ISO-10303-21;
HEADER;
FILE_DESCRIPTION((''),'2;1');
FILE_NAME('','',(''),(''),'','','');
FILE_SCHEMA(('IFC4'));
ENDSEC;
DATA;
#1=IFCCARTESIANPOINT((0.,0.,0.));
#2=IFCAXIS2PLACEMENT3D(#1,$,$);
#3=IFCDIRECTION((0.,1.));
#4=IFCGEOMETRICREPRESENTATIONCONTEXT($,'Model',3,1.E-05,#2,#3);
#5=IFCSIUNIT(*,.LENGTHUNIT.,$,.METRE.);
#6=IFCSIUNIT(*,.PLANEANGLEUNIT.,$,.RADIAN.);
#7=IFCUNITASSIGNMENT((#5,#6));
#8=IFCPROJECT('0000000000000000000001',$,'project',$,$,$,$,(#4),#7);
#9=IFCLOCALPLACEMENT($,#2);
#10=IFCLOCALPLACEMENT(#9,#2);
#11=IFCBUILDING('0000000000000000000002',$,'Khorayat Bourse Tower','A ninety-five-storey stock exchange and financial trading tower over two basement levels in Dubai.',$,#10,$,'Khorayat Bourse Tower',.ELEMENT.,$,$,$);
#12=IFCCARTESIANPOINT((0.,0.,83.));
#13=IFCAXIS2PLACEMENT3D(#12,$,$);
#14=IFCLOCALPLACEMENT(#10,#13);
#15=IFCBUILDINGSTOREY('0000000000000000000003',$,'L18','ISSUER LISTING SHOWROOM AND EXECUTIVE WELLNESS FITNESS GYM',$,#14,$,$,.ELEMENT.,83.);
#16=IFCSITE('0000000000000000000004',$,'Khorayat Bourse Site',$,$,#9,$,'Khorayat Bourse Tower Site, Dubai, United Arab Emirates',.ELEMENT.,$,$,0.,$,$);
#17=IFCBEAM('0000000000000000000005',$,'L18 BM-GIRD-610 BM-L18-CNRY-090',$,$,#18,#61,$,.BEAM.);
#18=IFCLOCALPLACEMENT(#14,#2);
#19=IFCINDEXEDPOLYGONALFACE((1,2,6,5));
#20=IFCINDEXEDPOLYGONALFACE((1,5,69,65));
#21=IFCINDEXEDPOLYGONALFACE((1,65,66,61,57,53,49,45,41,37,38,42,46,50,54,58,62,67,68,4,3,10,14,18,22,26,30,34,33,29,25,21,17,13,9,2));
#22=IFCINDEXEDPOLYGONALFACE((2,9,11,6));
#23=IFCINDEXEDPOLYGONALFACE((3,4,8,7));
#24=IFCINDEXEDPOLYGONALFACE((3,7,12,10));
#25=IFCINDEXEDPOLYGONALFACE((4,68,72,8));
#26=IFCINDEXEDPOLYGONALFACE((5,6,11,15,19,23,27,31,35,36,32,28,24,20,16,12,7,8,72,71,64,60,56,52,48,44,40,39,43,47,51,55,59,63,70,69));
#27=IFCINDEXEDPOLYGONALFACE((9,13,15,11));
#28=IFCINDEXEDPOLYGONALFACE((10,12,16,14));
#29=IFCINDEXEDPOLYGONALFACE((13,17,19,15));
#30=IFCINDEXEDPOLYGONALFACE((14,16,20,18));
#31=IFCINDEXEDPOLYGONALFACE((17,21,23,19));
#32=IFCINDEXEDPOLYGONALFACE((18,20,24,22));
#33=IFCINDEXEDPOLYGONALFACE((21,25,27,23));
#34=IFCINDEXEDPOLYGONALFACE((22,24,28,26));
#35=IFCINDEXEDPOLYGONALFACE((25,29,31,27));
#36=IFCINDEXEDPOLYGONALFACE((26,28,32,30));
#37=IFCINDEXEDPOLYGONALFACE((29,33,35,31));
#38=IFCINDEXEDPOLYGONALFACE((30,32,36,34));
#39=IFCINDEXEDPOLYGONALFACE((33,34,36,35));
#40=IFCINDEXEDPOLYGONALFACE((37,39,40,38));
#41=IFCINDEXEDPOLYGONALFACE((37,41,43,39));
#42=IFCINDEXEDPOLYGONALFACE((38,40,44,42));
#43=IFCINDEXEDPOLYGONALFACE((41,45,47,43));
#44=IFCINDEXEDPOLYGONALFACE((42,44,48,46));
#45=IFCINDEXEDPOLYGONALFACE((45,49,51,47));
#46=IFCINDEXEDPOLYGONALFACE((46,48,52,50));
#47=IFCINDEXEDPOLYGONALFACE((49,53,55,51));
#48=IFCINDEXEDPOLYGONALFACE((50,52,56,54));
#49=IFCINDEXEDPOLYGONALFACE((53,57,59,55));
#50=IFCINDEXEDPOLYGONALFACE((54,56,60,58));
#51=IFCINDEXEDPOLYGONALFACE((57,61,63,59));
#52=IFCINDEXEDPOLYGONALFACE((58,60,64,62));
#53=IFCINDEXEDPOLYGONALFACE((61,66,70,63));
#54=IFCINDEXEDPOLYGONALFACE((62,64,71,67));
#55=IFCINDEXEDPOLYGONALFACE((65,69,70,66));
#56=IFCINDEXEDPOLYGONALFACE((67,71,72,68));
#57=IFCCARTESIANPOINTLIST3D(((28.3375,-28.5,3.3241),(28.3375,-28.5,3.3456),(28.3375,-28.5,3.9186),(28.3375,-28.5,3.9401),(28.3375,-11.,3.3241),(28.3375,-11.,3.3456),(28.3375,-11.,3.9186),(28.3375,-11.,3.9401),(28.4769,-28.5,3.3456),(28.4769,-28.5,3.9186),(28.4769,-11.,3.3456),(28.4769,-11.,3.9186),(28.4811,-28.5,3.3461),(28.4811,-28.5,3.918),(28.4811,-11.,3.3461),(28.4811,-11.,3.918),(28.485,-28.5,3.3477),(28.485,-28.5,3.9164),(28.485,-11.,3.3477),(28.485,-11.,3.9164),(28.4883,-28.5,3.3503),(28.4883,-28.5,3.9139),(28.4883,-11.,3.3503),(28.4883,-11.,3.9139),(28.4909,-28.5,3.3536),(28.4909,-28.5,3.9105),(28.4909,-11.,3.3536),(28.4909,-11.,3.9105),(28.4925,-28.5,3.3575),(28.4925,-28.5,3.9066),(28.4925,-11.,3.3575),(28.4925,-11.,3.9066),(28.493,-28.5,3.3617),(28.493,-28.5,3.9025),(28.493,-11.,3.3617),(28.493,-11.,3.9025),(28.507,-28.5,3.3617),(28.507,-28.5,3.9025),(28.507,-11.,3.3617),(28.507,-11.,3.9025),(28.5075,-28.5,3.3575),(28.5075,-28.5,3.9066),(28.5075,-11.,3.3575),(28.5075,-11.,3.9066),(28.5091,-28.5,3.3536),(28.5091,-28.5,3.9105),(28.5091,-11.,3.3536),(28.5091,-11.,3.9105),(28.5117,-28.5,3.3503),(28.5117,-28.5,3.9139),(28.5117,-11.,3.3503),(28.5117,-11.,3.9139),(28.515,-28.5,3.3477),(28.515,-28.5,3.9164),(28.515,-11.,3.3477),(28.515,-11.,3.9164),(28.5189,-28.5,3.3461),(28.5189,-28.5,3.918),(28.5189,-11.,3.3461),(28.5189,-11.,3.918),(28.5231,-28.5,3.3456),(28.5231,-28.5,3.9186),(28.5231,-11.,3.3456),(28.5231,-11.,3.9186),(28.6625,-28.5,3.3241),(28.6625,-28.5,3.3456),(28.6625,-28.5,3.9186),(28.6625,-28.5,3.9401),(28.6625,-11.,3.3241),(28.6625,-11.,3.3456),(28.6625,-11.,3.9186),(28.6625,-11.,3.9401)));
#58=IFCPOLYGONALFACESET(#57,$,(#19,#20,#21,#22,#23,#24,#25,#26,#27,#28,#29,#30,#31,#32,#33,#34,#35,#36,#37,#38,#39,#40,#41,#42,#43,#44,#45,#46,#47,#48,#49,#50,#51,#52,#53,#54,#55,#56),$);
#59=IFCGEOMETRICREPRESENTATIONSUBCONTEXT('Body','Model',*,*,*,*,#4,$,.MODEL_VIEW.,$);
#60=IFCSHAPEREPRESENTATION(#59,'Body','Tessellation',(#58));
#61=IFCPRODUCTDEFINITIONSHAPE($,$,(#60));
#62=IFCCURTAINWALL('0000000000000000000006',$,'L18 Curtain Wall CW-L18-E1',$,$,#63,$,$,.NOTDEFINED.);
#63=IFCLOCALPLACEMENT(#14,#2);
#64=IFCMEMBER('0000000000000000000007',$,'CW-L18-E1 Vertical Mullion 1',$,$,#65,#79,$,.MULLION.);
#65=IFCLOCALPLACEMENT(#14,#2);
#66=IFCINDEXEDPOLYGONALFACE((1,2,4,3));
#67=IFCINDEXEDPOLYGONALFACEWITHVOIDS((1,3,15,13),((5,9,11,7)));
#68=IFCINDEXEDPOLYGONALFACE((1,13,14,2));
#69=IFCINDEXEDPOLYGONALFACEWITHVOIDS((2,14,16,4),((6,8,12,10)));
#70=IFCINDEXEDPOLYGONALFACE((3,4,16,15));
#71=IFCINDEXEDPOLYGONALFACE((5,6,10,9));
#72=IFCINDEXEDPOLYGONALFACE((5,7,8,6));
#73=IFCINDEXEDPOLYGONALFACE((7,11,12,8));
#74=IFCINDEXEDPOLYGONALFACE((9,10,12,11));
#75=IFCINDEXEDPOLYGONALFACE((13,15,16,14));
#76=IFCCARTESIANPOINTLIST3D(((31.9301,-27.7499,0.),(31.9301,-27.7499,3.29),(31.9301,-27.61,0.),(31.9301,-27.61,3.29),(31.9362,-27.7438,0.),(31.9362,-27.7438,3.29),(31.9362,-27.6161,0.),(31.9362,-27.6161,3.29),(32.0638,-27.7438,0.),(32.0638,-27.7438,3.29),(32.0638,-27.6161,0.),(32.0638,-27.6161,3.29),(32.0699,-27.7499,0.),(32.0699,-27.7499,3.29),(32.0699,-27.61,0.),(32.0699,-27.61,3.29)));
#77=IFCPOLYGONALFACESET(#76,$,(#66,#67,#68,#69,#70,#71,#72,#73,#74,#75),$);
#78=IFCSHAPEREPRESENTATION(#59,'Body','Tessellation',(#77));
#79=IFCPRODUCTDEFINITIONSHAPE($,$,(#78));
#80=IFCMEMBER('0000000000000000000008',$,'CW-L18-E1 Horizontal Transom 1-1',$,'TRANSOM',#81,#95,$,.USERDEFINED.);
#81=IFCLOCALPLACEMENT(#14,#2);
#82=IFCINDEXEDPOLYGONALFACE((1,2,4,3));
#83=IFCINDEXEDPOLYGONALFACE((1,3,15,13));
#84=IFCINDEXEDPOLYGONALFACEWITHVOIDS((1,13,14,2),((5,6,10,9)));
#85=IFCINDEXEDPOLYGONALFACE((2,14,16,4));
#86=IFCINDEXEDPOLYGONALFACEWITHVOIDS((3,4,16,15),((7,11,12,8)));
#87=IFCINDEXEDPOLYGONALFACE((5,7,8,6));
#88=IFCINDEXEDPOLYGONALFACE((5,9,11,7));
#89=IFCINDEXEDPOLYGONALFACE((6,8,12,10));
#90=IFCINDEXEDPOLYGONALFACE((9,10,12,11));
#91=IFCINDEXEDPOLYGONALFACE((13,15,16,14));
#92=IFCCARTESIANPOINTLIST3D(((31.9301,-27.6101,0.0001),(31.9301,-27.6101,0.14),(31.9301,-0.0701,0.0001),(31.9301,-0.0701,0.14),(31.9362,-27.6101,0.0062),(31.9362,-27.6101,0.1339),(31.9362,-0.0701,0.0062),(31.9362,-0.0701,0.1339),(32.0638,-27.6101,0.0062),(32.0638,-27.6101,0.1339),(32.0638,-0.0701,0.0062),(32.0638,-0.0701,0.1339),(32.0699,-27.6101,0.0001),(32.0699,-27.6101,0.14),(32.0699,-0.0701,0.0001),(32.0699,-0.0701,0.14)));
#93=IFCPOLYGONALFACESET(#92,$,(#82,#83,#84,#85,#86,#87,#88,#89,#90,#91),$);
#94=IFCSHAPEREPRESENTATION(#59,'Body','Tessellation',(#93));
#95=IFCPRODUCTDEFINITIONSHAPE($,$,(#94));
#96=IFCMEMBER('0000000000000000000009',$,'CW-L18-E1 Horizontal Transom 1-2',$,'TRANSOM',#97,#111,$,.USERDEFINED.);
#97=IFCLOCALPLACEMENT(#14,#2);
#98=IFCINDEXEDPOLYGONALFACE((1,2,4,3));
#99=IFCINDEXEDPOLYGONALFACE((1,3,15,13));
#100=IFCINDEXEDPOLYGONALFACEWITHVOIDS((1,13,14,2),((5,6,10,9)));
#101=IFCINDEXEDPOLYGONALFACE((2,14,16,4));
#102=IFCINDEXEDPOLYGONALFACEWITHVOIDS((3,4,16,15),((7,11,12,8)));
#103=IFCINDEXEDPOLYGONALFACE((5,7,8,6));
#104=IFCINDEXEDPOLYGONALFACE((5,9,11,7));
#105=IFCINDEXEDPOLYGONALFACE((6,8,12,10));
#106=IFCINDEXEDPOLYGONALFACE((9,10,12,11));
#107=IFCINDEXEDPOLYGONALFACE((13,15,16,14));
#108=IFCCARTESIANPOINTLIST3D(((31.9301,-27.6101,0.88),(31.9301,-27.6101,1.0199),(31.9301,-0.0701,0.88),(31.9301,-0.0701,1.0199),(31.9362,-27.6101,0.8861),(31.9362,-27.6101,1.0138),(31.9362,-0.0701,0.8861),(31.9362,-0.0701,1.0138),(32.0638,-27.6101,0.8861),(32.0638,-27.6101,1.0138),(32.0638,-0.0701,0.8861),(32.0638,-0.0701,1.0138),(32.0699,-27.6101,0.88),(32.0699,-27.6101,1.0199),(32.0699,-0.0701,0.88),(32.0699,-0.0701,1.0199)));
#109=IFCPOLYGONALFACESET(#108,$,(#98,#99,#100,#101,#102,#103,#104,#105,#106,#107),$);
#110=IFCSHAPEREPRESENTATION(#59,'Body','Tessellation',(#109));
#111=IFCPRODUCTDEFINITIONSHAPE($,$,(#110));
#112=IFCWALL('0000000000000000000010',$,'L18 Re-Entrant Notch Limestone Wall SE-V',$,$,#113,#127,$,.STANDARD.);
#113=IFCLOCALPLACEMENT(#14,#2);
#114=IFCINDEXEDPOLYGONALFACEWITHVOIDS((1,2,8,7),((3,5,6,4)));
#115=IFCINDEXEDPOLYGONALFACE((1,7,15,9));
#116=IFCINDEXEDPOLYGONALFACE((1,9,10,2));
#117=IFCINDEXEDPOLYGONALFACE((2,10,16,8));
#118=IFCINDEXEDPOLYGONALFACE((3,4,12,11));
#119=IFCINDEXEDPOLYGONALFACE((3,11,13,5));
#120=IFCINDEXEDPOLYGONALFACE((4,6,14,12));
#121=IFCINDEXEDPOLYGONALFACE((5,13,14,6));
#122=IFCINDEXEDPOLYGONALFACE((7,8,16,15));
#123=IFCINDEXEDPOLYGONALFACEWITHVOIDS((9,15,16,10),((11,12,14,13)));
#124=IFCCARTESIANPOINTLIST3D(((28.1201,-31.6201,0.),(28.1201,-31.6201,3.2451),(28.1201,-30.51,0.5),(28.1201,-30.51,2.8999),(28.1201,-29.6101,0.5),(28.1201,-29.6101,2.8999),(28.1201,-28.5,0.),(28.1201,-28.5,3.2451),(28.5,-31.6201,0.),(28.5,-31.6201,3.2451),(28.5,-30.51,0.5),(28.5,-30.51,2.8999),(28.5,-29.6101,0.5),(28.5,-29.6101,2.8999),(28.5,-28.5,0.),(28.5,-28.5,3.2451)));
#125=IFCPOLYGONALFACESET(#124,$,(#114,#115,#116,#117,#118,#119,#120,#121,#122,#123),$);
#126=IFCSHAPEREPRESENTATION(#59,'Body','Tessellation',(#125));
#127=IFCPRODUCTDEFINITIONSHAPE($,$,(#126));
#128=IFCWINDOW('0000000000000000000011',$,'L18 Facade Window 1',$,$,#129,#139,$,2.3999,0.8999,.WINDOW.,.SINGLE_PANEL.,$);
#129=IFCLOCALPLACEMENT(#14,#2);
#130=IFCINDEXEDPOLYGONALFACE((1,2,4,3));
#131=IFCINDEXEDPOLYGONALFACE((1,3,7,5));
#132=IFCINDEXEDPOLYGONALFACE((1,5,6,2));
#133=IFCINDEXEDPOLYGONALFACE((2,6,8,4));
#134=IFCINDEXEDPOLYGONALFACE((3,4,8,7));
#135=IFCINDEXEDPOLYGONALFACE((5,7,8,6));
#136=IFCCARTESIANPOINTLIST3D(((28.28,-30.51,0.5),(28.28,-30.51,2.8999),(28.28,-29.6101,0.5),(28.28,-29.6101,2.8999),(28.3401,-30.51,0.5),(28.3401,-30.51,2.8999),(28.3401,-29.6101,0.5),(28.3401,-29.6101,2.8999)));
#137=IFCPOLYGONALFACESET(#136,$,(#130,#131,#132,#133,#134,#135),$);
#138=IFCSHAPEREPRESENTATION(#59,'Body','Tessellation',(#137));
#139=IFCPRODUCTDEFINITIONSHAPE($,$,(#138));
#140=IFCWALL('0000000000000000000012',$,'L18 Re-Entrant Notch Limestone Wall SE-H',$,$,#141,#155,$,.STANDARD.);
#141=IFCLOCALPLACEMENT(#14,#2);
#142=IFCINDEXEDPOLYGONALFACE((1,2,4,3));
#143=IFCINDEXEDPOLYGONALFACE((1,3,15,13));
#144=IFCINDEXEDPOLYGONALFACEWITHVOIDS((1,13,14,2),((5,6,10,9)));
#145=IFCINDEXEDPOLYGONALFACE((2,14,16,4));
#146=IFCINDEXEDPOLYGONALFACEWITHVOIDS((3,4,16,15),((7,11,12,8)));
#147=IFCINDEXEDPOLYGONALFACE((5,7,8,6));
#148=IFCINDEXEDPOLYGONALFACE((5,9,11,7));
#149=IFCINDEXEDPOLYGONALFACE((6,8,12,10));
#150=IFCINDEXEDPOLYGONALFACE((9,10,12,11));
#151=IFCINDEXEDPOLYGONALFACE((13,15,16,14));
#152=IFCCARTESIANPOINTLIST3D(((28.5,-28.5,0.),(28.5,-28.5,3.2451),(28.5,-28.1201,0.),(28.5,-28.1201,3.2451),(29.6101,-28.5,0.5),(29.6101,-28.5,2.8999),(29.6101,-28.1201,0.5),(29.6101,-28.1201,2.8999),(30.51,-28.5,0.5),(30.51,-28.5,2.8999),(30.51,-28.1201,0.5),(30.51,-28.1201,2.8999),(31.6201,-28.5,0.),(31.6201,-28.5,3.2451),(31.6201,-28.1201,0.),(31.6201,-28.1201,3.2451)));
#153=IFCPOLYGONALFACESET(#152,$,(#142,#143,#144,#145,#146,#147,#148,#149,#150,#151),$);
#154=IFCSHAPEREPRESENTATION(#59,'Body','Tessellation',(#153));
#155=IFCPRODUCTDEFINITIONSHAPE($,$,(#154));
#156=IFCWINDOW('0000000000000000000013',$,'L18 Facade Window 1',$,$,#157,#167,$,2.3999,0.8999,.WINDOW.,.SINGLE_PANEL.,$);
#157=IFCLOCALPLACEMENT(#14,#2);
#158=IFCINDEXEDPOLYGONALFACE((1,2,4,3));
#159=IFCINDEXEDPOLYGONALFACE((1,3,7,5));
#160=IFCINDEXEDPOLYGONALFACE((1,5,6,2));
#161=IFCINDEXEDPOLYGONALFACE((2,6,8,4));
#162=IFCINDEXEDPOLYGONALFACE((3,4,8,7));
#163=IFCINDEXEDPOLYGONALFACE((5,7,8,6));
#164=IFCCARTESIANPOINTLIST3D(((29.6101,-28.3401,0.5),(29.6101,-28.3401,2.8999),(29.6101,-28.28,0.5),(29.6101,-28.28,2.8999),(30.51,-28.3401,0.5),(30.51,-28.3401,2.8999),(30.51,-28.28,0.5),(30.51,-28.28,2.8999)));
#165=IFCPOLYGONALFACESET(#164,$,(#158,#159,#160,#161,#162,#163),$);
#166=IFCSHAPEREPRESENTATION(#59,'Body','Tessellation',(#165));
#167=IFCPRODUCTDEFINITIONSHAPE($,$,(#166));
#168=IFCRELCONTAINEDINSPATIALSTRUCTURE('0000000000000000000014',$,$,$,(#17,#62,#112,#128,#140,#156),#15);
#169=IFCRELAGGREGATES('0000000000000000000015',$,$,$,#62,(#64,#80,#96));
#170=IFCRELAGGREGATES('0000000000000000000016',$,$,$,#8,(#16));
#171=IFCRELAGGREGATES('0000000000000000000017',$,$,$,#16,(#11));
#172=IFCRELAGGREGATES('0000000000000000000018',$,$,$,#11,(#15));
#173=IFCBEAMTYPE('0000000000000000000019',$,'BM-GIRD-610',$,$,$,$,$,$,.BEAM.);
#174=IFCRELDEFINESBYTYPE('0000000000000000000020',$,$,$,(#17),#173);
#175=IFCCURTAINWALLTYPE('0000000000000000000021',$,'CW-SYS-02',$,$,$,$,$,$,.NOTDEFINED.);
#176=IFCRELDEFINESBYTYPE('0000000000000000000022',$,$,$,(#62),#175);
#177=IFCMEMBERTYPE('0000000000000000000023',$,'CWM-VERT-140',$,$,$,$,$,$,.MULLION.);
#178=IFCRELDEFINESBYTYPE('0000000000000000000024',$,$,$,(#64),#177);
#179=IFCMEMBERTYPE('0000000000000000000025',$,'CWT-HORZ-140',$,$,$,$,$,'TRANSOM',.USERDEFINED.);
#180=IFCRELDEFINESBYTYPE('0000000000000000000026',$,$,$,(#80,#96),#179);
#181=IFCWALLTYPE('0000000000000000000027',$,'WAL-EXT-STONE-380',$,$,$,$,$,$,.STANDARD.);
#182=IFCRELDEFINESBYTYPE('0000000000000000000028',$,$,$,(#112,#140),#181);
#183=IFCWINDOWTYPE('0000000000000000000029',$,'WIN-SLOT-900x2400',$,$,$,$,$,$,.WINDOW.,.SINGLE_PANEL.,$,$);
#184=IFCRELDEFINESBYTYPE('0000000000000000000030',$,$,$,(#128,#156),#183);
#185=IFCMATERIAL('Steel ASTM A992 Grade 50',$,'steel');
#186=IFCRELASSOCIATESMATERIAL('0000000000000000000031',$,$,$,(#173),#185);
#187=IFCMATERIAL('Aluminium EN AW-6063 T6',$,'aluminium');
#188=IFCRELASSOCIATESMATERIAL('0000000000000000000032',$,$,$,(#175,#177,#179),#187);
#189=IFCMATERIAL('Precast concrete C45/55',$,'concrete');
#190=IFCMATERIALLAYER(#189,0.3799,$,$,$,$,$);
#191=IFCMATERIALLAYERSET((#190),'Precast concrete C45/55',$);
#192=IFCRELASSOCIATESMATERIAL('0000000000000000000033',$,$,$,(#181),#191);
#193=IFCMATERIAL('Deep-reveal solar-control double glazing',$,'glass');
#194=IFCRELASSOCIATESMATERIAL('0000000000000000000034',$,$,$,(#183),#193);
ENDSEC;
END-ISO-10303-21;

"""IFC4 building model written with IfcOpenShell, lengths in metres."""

from ifc_helpers import new_model, si_unit, direction, frame, frame_2d, origin, origin_2d, place, context, subcontext, project, spatial, rectangle, hollow_rectangle, i_section, extrude, source, transform, mapped, material, layer, layer_set, material_profile, profile_set, type_object, element, fill, aggregate, save


model = new_model("IFC4")

# Units and contexts
model_context = context("Model", 3, precision=1e-05, world=origin(), true_north=direction((0.0, 1.0)))
body_context = subcontext(model_context, "Body", "Model", "MODEL_VIEW")
ifc_project = project(units=[si_unit("LENGTHUNIT", "METRE"), si_unit("PLANEANGLEUNIT", "RADIAN")], contexts=[model_context])

# Site, building, storey
site_placement = place(None, origin())
site = spatial("IfcSite", under=ifc_project, at=site_placement, Name="Khorayat Bourse Site", LongName="Khorayat Bourse Tower Site, Dubai, United Arab Emirates", CompositionType="ELEMENT", RefElevation=0.0)
building_placement = place(site_placement, origin())
building = spatial("IfcBuilding", under=site, at=building_placement, Name="Khorayat Bourse Tower", Description="A ninety-five-storey stock exchange and financial trading tower over two basement levels in Dubai.", LongName="Khorayat Bourse Tower", CompositionType="ELEMENT")
storey_placement = place(building_placement, frame((0.0, 0.0, 83.0)))
storey = spatial("IfcBuildingStorey", under=building, at=storey_placement, Name="L18", Description="ISSUER LISTING SHOWROOM AND EXECUTIVE WELLNESS FITNESS GYM", CompositionType="ELEMENT", Elevation=83.0)

# Beam
ifc_material_1 = material(Name="Steel ASTM A992 Grade 50", Category="steel")
ifc_material_profile_1 = material_profile(ifc_material_1, i_section(OverallWidth=0.325, OverallDepth=0.616, WebThickness=0.0139, FlangeThickness=0.0215, FilletRadius=0.0161, at=origin_2d()), Name="W610X174")
ifc_profile_set_1 = profile_set([ifc_material_profile_1], Name="Steel ASTM A992 Grade 50")
beam_type_1 = type_object("IfcBeamType", Name="BM-GIRD-610", PredefinedType="BEAM", material=ifc_profile_set_1)
shared_shape_1 = source(origin(), body_context, "Body", "SweptSolid", [
    extrude(i_section(OverallWidth=0.325, OverallDepth=0.616, WebThickness=0.0139, FlangeThickness=0.0215, FilletRadius=0.0161, at=origin_2d()), origin(), (0.0, 0.0, 1.0), 17.5),
])
beam_1_placement = place(storey_placement, frame((28.5, -28.5, 3.6321), z_axis=(0.0, 1.0, 0.0), x_axis=(-1.0, 0.0, 0.0)))
element("IfcBeam", 1, at=beam_1_placement, inside=storey, type_object=beam_type_1, Name="L18 BM-GIRD-610 BM-L18-CNRY-090", PredefinedType="BEAM", context=body_context, shape_type="MappedRepresentation", body=[
    mapped(shared_shape_1, transform((0.0, 0.0, 0.0), scale=1.0)),
])

# Curtain wall, members
ifc_material_2 = material(Name="Aluminium EN AW-6063 T6", Category="aluminium")
curtain_wall_type = type_object("IfcCurtainWallType", Name="CW-SYS-02", PredefinedType="NOTDEFINED", material=ifc_material_2)
curtain_wall_placement = place(storey_placement, origin())
curtain_wall = element("IfcCurtainWall", 2, at=curtain_wall_placement, inside=storey, type_object=curtain_wall_type, Name="L18 Curtain Wall CW-L18-E1", PredefinedType="NOTDEFINED")
ifc_material_profile_2 = material_profile(ifc_material_2, hollow_rectangle(XDim=0.1399, YDim=0.1399, WallThickness=0.0061, at=origin_2d()), Name="ALU 140x140x6")
ifc_profile_set_2 = profile_set([ifc_material_profile_2], Name="Aluminium EN AW-6063 T6")
member_type_1 = type_object("IfcMemberType", Name="CWM-VERT-140", PredefinedType="MULLION", material=ifc_profile_set_2)
shared_shape_2 = source(origin(), body_context, "Body", "SweptSolid", [
    extrude(hollow_rectangle(XDim=0.1399, YDim=0.1399, WallThickness=0.0061, at=origin_2d()), origin(), (0.0, 0.0, 1.0), 3.29),
])
member_1_placement = place(storey_placement, frame((32.0, -27.6799, 0.0), z_axis=(0.0, 0.0, 1.0), x_axis=(-1.0, 0.0, 0.0)))
member_1 = element("IfcMember", 3, at=member_1_placement, type_object=member_type_1, Name="CW-L18-E1 Vertical Mullion 1", PredefinedType="MULLION", context=body_context, shape_type="MappedRepresentation", body=[
    mapped(shared_shape_2, transform((0.0, 0.0, 0.0), scale=1.0)),
])
ifc_material_profile_3 = material_profile(ifc_material_2, hollow_rectangle(XDim=0.1399, YDim=0.1399, WallThickness=0.0061, at=origin_2d()), Name="ALU 140x140x6")
ifc_profile_set_3 = profile_set([ifc_material_profile_3], Name="Aluminium EN AW-6063 T6")
member_type_2 = type_object("IfcMemberType", Name="CWT-HORZ-140", ElementType="TRANSOM", PredefinedType="USERDEFINED", material=ifc_profile_set_3)
shared_shape_3 = source(origin(), body_context, "Body", "SweptSolid", [
    extrude(hollow_rectangle(XDim=0.1399, YDim=0.1399, WallThickness=0.0061, at=origin_2d()), origin(), (0.0, 0.0, 1.0), 27.54),
])
member_2_placement = place(storey_placement, frame((32.0, -27.6101, 0.0701), z_axis=(0.0, 1.0, 0.0), x_axis=(-1.0, 0.0, 0.0)))
member_2 = element("IfcMember", 4, at=member_2_placement, type_object=member_type_2, Name="CW-L18-E1 Horizontal Transom 1-1", ObjectType="TRANSOM", PredefinedType="USERDEFINED", context=body_context, shape_type="MappedRepresentation", body=[
    mapped(shared_shape_3, transform((0.0, 0.0, 0.0), scale=1.0)),
])
member_3_placement = place(storey_placement, frame((32.0, -27.6101, 0.95), z_axis=(0.0, 1.0, 0.0), x_axis=(-1.0, 0.0, 0.0)))
member_3 = element("IfcMember", 5, at=member_3_placement, type_object=member_type_2, Name="CW-L18-E1 Horizontal Transom 1-2", ObjectType="TRANSOM", PredefinedType="USERDEFINED", context=body_context, shape_type="MappedRepresentation", body=[
    mapped(shared_shape_3, transform((0.0, 0.0, 0.0), scale=1.0)),
])
aggregate(curtain_wall, [member_1, member_2, member_3])

# Walls, openings, windows
ifc_material_3 = material(Name="Precast concrete C45/55", Category="concrete")
ifc_layer = layer(ifc_material_3, 0.3799)
ifc_layer_set = layer_set([ifc_layer], Name="Precast concrete C45/55")
wall_type = type_object("IfcWallType", Name="WAL-EXT-STONE-380", PredefinedType="STANDARD", material=ifc_layer_set)
shared_shape_4 = source(origin(), body_context, "Body", "SweptSolid", [
    extrude(rectangle(XDim=3.1201, YDim=0.3799, at=frame_2d((1.5601, 0.0))), origin(), (0.0, 0.0, 1.0), 3.2451),
])
wall_1_placement = place(storey_placement, frame((28.3101, -31.6201, 0.0), z_axis=(0.0, 0.0, 1.0), x_axis=(0.0, 1.0, 0.0)))
wall_1 = element("IfcWall", 6, at=wall_1_placement, inside=storey, type_object=wall_type, Name="L18 Re-Entrant Notch Limestone Wall SE-V", PredefinedType="STANDARD", context=body_context, shape_type="MappedRepresentation", body=[
    mapped(shared_shape_4, transform((0.0, 0.0, 0.0), scale=1.0)),
])
shared_shape_5 = source(origin(), body_context, "Body", "SweptSolid", [
    extrude(rectangle(XDim=0.8999, YDim=2.3999, at=frame_2d((0.45, 1.2))), frame((0.0, 0.2, 0.0), z_axis=(0.0, -1.0, 0.0), x_axis=(1.0, 0.0, 0.0)), (0.0, 0.0, 1.0), 0.3999),
])
opening_1_placement = place(wall_1_placement, frame((1.1101, 0.0, 0.5)))
opening_1 = element("IfcOpeningElement", 7, at=opening_1_placement, cuts=wall_1, PredefinedType="OPENING", context=body_context, shape_type="MappedRepresentation", body=[
    mapped(shared_shape_5, transform((0.0, 0.0, 0.0), scale=1.0)),
])
ifc_material_4 = material(Name="Deep-reveal solar-control double glazing", Category="glass")
window_type = type_object("IfcWindowType", Name="WIN-SLOT-900x2400", PartitioningType="SINGLE_PANEL", PredefinedType="WINDOW", material=ifc_material_4)
shared_shape_6 = source(origin(), body_context, "Body", "SweptSolid", [
    extrude(rectangle(XDim=0.8999, YDim=2.3999, at=frame_2d((0.45, 1.2))), frame((0.0, 0.03, 0.0), z_axis=(0.0, -1.0, 0.0), x_axis=(1.0, 0.0, 0.0)), (0.0, 0.0, 1.0), 0.0601),
])
window_1_placement = place(opening_1_placement, origin())
window_1 = element("IfcWindow", 8, at=window_1_placement, inside=storey, type_object=window_type, Name="L18 Facade Window 1", OverallHeight=2.3999, OverallWidth=0.8999, PartitioningType="SINGLE_PANEL", PredefinedType="WINDOW", context=body_context, shape_type="MappedRepresentation", body=[
    mapped(shared_shape_6, transform((0.0, 0.0, 0.0), scale=1.0)),
])
fill(opening_1, window_1)
wall_2_placement = place(storey_placement, frame((28.5, -28.3101, 0.0), z_axis=(0.0, 0.0, 1.0), x_axis=(1.0, 0.0, 0.0)))
wall_2 = element("IfcWall", 9, at=wall_2_placement, inside=storey, type_object=wall_type, Name="L18 Re-Entrant Notch Limestone Wall SE-H", PredefinedType="STANDARD", context=body_context, shape_type="MappedRepresentation", body=[
    mapped(shared_shape_4, transform((0.0, 0.0, 0.0), scale=1.0)),
])
opening_2_placement = place(wall_2_placement, frame((1.1101, 0.0, 0.5)))
opening_2 = element("IfcOpeningElement", 10, at=opening_2_placement, cuts=wall_2, PredefinedType="OPENING", context=body_context, shape_type="MappedRepresentation", body=[
    mapped(shared_shape_5, transform((0.0, 0.0, 0.0), scale=1.0)),
])
window_2_placement = place(opening_2_placement, origin())
window_2 = element("IfcWindow", 11, at=window_2_placement, inside=storey, type_object=window_type, Name="L18 Facade Window 1", OverallHeight=2.3999, OverallWidth=0.8999, PartitioningType="SINGLE_PANEL", PredefinedType="WINDOW", context=body_context, shape_type="MappedRepresentation", body=[
    mapped(shared_shape_6, transform((0.0, 0.0, 0.0), scale=1.0)),
])
fill(opening_2, window_2)

save(model, "model.ifc")
